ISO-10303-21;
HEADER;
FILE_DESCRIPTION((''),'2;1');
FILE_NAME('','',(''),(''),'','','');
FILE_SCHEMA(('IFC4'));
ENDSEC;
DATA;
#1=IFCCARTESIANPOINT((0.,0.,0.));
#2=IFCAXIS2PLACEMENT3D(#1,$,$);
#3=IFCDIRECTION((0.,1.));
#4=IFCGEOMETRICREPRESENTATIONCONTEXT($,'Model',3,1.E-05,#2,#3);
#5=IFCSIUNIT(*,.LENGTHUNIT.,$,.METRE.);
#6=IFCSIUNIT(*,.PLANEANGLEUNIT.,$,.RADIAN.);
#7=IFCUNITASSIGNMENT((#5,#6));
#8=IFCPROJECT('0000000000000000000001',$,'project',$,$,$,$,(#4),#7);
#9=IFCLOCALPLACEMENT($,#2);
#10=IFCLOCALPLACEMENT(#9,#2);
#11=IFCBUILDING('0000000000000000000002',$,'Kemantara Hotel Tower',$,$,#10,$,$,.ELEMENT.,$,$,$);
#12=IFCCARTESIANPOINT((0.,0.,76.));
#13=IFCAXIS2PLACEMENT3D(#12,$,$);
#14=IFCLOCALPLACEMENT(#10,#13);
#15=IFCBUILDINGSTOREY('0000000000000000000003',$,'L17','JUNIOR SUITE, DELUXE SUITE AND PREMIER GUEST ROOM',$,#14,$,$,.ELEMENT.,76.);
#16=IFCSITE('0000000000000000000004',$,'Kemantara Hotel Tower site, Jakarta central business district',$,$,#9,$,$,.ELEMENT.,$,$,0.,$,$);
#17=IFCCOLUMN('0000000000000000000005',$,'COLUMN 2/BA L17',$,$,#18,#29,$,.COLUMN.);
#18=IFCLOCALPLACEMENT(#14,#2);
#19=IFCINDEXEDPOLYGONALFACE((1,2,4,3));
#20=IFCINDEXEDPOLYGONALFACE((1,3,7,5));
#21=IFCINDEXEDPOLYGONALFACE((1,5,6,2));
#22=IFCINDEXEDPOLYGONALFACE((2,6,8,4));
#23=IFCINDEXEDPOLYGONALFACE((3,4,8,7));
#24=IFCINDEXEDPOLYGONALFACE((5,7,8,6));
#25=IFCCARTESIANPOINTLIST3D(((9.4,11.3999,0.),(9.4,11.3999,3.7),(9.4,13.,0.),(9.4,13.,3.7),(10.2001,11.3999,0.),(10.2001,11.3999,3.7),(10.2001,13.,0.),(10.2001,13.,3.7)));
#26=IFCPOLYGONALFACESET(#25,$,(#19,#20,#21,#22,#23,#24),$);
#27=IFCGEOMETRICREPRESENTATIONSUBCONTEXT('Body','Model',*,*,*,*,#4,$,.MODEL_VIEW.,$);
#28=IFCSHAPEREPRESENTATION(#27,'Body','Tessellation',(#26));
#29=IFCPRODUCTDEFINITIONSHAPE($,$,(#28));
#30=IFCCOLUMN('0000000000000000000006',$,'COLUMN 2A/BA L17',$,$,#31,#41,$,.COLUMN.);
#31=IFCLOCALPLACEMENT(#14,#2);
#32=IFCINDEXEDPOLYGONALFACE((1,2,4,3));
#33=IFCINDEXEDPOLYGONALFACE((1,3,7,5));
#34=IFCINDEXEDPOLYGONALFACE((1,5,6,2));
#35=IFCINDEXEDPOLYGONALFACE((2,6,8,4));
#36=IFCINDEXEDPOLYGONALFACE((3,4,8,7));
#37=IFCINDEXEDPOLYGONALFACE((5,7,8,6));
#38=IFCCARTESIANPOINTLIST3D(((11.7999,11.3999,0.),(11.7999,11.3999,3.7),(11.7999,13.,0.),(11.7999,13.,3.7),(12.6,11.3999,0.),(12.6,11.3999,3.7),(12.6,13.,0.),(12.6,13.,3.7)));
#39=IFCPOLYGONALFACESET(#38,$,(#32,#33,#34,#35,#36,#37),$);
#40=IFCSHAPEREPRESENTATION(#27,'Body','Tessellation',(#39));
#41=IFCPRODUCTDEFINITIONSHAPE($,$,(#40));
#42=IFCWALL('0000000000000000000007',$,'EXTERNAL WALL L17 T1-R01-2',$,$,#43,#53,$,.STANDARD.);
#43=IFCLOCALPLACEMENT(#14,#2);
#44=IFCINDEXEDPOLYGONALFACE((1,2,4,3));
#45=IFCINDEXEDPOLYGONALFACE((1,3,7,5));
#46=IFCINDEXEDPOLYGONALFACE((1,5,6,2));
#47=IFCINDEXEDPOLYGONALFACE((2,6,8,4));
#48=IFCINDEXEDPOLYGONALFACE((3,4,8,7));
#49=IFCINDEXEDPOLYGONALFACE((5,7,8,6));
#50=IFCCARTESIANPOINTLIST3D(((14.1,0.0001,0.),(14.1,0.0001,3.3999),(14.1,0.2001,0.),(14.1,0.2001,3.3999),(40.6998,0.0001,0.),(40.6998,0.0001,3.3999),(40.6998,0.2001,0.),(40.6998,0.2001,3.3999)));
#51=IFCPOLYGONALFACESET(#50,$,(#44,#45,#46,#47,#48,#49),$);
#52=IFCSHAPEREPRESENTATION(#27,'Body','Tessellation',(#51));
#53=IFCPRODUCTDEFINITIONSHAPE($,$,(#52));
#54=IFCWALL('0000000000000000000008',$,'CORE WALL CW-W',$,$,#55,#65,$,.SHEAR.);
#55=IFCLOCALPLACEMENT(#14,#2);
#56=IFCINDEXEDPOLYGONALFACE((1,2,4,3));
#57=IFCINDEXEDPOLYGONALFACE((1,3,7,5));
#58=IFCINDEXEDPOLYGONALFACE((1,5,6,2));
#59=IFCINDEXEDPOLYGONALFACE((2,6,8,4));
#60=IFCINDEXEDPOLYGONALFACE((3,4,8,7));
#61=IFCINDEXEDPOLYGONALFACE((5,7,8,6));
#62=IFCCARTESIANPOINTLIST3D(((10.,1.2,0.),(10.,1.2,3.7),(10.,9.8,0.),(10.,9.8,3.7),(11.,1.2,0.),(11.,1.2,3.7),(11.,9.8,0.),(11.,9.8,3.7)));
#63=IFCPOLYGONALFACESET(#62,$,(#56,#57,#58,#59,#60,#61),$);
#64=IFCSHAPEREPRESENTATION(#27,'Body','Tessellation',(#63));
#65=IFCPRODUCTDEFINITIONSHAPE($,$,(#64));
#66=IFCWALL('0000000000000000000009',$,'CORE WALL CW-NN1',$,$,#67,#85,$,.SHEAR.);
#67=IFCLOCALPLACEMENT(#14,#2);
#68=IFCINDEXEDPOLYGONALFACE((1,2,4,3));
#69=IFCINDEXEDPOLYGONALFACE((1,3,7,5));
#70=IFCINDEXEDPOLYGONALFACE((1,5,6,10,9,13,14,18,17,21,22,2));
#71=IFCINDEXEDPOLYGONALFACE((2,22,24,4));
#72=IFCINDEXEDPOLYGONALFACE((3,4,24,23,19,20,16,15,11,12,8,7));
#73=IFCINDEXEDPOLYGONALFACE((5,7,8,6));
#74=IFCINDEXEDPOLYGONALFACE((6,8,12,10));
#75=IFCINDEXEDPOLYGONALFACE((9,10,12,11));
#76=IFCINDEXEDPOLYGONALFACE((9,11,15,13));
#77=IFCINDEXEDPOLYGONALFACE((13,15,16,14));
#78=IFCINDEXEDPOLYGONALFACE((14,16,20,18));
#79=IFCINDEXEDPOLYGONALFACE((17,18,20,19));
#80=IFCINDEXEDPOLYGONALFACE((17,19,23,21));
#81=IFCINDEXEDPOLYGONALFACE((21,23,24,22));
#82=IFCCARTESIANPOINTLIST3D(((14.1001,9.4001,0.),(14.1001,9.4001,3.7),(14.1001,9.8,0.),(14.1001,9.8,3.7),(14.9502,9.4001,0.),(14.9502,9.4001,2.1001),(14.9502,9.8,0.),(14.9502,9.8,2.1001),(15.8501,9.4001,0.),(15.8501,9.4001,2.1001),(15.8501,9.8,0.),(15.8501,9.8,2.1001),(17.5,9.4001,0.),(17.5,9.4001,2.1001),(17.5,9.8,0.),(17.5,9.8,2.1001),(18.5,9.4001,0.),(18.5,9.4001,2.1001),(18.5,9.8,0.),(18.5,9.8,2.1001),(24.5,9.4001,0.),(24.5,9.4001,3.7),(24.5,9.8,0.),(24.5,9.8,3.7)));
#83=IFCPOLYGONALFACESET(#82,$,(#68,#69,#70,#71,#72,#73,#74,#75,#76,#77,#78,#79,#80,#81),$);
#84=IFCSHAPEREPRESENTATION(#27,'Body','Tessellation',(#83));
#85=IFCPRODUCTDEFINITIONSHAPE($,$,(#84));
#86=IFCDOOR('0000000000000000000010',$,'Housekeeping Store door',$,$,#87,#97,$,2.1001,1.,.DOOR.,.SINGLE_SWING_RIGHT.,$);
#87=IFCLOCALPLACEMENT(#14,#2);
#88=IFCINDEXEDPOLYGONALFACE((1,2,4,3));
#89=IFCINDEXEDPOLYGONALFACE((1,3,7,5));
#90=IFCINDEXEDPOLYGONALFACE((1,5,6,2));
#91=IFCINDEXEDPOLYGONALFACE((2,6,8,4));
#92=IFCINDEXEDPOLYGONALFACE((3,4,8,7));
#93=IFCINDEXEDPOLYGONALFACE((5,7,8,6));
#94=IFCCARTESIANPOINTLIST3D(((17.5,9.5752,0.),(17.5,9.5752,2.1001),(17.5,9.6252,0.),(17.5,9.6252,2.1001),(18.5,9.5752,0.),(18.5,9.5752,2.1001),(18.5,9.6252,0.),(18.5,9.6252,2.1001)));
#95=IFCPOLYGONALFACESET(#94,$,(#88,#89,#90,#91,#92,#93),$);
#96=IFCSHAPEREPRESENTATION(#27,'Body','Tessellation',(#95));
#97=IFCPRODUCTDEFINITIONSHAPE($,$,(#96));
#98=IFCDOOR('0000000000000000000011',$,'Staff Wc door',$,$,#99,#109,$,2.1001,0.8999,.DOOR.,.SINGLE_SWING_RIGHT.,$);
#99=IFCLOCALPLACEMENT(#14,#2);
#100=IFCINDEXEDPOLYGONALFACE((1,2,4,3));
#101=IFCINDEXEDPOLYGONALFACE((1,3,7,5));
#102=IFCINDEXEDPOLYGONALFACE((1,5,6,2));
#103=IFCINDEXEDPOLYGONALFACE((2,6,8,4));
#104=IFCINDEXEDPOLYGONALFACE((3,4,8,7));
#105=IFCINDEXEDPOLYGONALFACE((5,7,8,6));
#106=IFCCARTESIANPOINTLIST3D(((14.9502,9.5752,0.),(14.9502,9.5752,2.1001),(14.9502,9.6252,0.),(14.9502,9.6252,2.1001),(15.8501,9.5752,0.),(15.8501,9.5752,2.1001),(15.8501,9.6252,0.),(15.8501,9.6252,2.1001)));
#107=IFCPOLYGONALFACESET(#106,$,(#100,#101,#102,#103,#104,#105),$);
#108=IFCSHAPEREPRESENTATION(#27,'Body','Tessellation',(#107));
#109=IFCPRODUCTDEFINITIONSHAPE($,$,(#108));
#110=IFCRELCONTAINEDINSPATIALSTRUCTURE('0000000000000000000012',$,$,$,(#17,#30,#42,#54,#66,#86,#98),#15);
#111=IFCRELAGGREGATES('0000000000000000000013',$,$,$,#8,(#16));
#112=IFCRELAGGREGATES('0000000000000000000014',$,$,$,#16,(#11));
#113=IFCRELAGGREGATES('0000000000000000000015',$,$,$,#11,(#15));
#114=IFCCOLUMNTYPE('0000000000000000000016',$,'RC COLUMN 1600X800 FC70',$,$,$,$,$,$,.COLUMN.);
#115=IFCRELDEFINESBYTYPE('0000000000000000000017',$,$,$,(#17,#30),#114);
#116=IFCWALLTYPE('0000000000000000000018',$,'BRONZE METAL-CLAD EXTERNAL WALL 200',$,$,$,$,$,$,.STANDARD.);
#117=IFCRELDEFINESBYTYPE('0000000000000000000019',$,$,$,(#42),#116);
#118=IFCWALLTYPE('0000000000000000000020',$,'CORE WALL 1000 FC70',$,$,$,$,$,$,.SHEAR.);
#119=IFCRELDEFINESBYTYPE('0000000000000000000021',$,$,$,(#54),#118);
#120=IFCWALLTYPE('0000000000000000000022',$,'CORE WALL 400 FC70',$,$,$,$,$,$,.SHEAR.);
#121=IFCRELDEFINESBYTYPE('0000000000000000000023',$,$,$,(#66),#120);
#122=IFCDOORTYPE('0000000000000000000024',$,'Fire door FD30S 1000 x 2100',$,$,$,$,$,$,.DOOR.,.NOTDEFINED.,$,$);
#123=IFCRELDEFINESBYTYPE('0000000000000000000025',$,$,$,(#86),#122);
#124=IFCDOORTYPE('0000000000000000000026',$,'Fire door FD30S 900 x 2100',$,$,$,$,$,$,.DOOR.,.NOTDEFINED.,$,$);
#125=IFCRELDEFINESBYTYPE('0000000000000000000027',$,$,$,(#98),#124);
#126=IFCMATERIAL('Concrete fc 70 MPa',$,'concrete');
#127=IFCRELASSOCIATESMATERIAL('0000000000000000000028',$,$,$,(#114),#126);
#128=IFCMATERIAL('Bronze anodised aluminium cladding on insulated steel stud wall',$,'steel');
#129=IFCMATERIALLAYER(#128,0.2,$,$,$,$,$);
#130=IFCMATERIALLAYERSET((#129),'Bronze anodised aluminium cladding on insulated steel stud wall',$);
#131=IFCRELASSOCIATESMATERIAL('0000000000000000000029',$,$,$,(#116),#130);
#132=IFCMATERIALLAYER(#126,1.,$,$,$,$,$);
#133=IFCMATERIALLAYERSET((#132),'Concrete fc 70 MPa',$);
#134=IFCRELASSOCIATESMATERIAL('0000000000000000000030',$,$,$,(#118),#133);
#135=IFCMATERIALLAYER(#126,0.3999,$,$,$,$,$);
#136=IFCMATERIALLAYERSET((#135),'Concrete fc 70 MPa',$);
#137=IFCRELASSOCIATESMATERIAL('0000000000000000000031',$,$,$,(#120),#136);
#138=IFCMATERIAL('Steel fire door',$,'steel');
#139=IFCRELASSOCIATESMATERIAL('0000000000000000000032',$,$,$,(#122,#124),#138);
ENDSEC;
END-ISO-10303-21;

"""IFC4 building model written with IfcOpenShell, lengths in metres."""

from ifc_helpers import new_model, si_unit, direction, frame, frame_2d, origin, origin_2d, place, context, subcontext, project, spatial, rectangle, extrude, material, layer, layer_set, material_profile, profile_set, type_object, element, fill, save


model = new_model("IFC4")

# Units and contexts
model_context = context("Model", 3, precision=1e-05, world=origin(), true_north=direction((0.0, 1.0)))
body_context = subcontext(model_context, "Body", "Model", "MODEL_VIEW")
ifc_project = project(units=[si_unit("LENGTHUNIT", "METRE"), si_unit("PLANEANGLEUNIT", "RADIAN")], contexts=[model_context])

# Site, building, storey
site_placement = place(None, origin())
site = spatial("IfcSite", under=ifc_project, at=site_placement, Name="Kemantara Hotel Tower site, Jakarta central business district", CompositionType="ELEMENT", RefElevation=0.0)
building_placement = place(site_placement, origin())
building = spatial("IfcBuilding", under=site, at=building_placement, Name="Kemantara Hotel Tower", CompositionType="ELEMENT")
storey_placement = place(building_placement, frame((0.0, 0.0, 76.0)))
storey = spatial("IfcBuildingStorey", under=building, at=storey_placement, Name="L17", Description="JUNIOR SUITE, DELUXE SUITE AND PREMIER GUEST ROOM", CompositionType="ELEMENT", Elevation=76.0)

# Columns
ifc_material_1 = material(Name="Concrete fc 70 MPa", Category="concrete")
ifc_material_profile = material_profile(ifc_material_1, rectangle(XDim=1.6001, YDim=0.8, at=origin_2d()), Name="RC 1600X800")
ifc_profile_set = profile_set([ifc_material_profile], Name="Concrete fc 70 MPa")
column_type = type_object("IfcColumnType", Name="RC COLUMN 1600X800 FC70", PredefinedType="COLUMN", material=ifc_profile_set)
for number, where, z_axis, x_axis, name in (
    (1, (9.8, 12.2, 0.0), (0.0, 0.0, 1.0), (0.0, 1.0, 0.0), "COLUMN 2/BA L17"),
    (2, (12.2, 12.2, 0.0), (0.0, 0.0, 1.0), (0.0, 1.0, 0.0), "COLUMN 2A/BA L17"),
):
    element("IfcColumn", number, at=place(storey_placement, frame(where, z_axis=z_axis, x_axis=x_axis)), inside=storey, type_object=column_type, Name=name, PredefinedType="COLUMN", context=body_context, shape_type="SweptSolid", body=[
        extrude(rectangle(XDim=1.6001, YDim=0.8, at=origin_2d()), origin(), (0.0, 0.0, 1.0), 3.7),
    ])

# Walls
ifc_material_2 = material(Name="Bronze anodised aluminium cladding on insulated steel stud wall", Category="steel")
ifc_layer_1 = layer(ifc_material_2, 0.2)
ifc_layer_set_1 = layer_set([ifc_layer_1], Name="Bronze anodised aluminium cladding on insulated steel stud wall")
wall_type_1 = type_object("IfcWallType", Name="BRONZE METAL-CLAD EXTERNAL WALL 200", PredefinedType="STANDARD", material=ifc_layer_set_1)
wall_1_placement = place(storey_placement, frame((14.1001, 0.1001, 0.0), z_axis=(0.0, 0.0, 1.0), x_axis=(1.0, 0.0, 0.0)))
element("IfcWall", 3, at=wall_1_placement, inside=storey, type_object=wall_type_1, Name="EXTERNAL WALL L17 T1-R01-2", PredefinedType="STANDARD", context=body_context, shape_type="SweptSolid", body=[
    extrude(rectangle(XDim=26.5999, YDim=0.2, at=frame_2d((13.2998, 0.0))), origin(), (0.0, 0.0, 1.0), 3.3999),
])
ifc_layer_2 = layer(ifc_material_1, 1.0)
ifc_layer_set_2 = layer_set([ifc_layer_2], Name="Concrete fc 70 MPa")
wall_type_2 = type_object("IfcWallType", Name="CORE WALL 1000 FC70", PredefinedType="SHEAR", material=ifc_layer_set_2)
wall_2_placement = place(storey_placement, frame((10.5, 1.2, 0.0), z_axis=(0.0, 0.0, 1.0), x_axis=(0.0, 1.0, 0.0)))
element("IfcWall", 4, at=wall_2_placement, inside=storey, type_object=wall_type_2, Name="CORE WALL CW-W", PredefinedType="SHEAR", context=body_context, shape_type="SweptSolid", body=[
    extrude(rectangle(XDim=8.6001, YDim=1.0, at=frame_2d((4.3, 0.0))), origin(), (0.0, 0.0, 1.0), 3.7),
])

# Wall, openings, doors
ifc_layer_3 = layer(ifc_material_1, 0.3999)
ifc_layer_set_3 = layer_set([ifc_layer_3], Name="Concrete fc 70 MPa")
wall_type_3 = type_object("IfcWallType", Name="CORE WALL 400 FC70", PredefinedType="SHEAR", material=ifc_layer_set_3)
wall_3_placement = place(storey_placement, frame((14.1001, 9.6001, 0.0), z_axis=(0.0, 0.0, 1.0), x_axis=(1.0, 0.0, 0.0)))
wall_3 = element("IfcWall", 5, at=wall_3_placement, inside=storey, type_object=wall_type_3, Name="CORE WALL CW-NN1", PredefinedType="SHEAR", context=body_context, shape_type="SweptSolid", body=[
    extrude(rectangle(XDim=10.3999, YDim=0.3999, at=frame_2d((5.2, 0.0))), origin(), (0.0, 0.0, 1.0), 3.7),
])
opening_1_placement = place(wall_3_placement, frame((0.8501, 0.0, 0.0)))
opening_1 = element("IfcOpeningElement", 6, at=opening_1_placement, cuts=wall_3, PredefinedType="OPENING", context=body_context, shape_type="SweptSolid", body=[
    extrude(rectangle(XDim=0.8999, YDim=2.1001, at=frame_2d((0.45, 1.05))), frame((0.0, 0.21, 0.0), z_axis=(0.0, -1.0, 0.0), x_axis=(1.0, 0.0, 0.0)), (0.0, 0.0, 1.0), 0.4199),
])
opening_2_placement = place(wall_3_placement, frame((3.3999, 0.0, 0.0)))
opening_2 = element("IfcOpeningElement", 7, at=opening_2_placement, cuts=wall_3, PredefinedType="OPENING", context=body_context, shape_type="SweptSolid", body=[
    extrude(rectangle(XDim=1.0, YDim=2.1001, at=frame_2d((0.5, 1.05))), frame((0.0, 0.21, 0.0), z_axis=(0.0, -1.0, 0.0), x_axis=(1.0, 0.0, 0.0)), (0.0, 0.0, 1.0), 0.4199),
])
ifc_material_3 = material(Name="Steel fire door", Category="steel")
door_type_1 = type_object("IfcDoorType", Name="Fire door FD30S 1000 x 2100", OperationType="NOTDEFINED", PredefinedType="DOOR", material=ifc_material_3)
door_1_placement = place(opening_2_placement, frame((1.0, 0.0, 0.0), z_axis=(0.0, 0.0, 1.0), x_axis=(-1.0, 0.0, 0.0)))
door_1 = element("IfcDoor", 8, at=door_1_placement, inside=storey, type_object=door_type_1, Name="Housekeeping Store door", OperationType="SINGLE_SWING_RIGHT", OverallHeight=2.1001, OverallWidth=1.0, PredefinedType="DOOR", context=body_context, shape_type="SweptSolid", body=[
    extrude(rectangle(XDim=1.0, YDim=2.1001, at=frame_2d((0.5, 1.05))), frame((0.0, 0.0249, 0.0), z_axis=(0.0, -1.0, 0.0), x_axis=(1.0, 0.0, 0.0)), (0.0, 0.0, 1.0), 0.05),
])
fill(opening_2, door_1)
door_type_2 = type_object("IfcDoorType", Name="Fire door FD30S 900 x 2100", OperationType="NOTDEFINED", PredefinedType="DOOR", material=ifc_material_3)
door_2_placement = place(opening_1_placement, frame((0.8999, 0.0, 0.0), z_axis=(0.0, 0.0, 1.0), x_axis=(-1.0, 0.0, 0.0)))
door_2 = element("IfcDoor", 9, at=door_2_placement, inside=storey, type_object=door_type_2, Name="Staff Wc door", OperationType="SINGLE_SWING_RIGHT", OverallHeight=2.1001, OverallWidth=0.8999, PredefinedType="DOOR", context=body_context, shape_type="SweptSolid", body=[
    extrude(rectangle(XDim=0.8999, YDim=2.1001, at=frame_2d((0.45, 1.05))), frame((0.0, 0.0249, 0.0), z_axis=(0.0, -1.0, 0.0), x_axis=(1.0, 0.0, 0.0)), (0.0, 0.0, 1.0), 0.05),
])
fill(opening_1, door_2)

save(model, "model.ifc")
